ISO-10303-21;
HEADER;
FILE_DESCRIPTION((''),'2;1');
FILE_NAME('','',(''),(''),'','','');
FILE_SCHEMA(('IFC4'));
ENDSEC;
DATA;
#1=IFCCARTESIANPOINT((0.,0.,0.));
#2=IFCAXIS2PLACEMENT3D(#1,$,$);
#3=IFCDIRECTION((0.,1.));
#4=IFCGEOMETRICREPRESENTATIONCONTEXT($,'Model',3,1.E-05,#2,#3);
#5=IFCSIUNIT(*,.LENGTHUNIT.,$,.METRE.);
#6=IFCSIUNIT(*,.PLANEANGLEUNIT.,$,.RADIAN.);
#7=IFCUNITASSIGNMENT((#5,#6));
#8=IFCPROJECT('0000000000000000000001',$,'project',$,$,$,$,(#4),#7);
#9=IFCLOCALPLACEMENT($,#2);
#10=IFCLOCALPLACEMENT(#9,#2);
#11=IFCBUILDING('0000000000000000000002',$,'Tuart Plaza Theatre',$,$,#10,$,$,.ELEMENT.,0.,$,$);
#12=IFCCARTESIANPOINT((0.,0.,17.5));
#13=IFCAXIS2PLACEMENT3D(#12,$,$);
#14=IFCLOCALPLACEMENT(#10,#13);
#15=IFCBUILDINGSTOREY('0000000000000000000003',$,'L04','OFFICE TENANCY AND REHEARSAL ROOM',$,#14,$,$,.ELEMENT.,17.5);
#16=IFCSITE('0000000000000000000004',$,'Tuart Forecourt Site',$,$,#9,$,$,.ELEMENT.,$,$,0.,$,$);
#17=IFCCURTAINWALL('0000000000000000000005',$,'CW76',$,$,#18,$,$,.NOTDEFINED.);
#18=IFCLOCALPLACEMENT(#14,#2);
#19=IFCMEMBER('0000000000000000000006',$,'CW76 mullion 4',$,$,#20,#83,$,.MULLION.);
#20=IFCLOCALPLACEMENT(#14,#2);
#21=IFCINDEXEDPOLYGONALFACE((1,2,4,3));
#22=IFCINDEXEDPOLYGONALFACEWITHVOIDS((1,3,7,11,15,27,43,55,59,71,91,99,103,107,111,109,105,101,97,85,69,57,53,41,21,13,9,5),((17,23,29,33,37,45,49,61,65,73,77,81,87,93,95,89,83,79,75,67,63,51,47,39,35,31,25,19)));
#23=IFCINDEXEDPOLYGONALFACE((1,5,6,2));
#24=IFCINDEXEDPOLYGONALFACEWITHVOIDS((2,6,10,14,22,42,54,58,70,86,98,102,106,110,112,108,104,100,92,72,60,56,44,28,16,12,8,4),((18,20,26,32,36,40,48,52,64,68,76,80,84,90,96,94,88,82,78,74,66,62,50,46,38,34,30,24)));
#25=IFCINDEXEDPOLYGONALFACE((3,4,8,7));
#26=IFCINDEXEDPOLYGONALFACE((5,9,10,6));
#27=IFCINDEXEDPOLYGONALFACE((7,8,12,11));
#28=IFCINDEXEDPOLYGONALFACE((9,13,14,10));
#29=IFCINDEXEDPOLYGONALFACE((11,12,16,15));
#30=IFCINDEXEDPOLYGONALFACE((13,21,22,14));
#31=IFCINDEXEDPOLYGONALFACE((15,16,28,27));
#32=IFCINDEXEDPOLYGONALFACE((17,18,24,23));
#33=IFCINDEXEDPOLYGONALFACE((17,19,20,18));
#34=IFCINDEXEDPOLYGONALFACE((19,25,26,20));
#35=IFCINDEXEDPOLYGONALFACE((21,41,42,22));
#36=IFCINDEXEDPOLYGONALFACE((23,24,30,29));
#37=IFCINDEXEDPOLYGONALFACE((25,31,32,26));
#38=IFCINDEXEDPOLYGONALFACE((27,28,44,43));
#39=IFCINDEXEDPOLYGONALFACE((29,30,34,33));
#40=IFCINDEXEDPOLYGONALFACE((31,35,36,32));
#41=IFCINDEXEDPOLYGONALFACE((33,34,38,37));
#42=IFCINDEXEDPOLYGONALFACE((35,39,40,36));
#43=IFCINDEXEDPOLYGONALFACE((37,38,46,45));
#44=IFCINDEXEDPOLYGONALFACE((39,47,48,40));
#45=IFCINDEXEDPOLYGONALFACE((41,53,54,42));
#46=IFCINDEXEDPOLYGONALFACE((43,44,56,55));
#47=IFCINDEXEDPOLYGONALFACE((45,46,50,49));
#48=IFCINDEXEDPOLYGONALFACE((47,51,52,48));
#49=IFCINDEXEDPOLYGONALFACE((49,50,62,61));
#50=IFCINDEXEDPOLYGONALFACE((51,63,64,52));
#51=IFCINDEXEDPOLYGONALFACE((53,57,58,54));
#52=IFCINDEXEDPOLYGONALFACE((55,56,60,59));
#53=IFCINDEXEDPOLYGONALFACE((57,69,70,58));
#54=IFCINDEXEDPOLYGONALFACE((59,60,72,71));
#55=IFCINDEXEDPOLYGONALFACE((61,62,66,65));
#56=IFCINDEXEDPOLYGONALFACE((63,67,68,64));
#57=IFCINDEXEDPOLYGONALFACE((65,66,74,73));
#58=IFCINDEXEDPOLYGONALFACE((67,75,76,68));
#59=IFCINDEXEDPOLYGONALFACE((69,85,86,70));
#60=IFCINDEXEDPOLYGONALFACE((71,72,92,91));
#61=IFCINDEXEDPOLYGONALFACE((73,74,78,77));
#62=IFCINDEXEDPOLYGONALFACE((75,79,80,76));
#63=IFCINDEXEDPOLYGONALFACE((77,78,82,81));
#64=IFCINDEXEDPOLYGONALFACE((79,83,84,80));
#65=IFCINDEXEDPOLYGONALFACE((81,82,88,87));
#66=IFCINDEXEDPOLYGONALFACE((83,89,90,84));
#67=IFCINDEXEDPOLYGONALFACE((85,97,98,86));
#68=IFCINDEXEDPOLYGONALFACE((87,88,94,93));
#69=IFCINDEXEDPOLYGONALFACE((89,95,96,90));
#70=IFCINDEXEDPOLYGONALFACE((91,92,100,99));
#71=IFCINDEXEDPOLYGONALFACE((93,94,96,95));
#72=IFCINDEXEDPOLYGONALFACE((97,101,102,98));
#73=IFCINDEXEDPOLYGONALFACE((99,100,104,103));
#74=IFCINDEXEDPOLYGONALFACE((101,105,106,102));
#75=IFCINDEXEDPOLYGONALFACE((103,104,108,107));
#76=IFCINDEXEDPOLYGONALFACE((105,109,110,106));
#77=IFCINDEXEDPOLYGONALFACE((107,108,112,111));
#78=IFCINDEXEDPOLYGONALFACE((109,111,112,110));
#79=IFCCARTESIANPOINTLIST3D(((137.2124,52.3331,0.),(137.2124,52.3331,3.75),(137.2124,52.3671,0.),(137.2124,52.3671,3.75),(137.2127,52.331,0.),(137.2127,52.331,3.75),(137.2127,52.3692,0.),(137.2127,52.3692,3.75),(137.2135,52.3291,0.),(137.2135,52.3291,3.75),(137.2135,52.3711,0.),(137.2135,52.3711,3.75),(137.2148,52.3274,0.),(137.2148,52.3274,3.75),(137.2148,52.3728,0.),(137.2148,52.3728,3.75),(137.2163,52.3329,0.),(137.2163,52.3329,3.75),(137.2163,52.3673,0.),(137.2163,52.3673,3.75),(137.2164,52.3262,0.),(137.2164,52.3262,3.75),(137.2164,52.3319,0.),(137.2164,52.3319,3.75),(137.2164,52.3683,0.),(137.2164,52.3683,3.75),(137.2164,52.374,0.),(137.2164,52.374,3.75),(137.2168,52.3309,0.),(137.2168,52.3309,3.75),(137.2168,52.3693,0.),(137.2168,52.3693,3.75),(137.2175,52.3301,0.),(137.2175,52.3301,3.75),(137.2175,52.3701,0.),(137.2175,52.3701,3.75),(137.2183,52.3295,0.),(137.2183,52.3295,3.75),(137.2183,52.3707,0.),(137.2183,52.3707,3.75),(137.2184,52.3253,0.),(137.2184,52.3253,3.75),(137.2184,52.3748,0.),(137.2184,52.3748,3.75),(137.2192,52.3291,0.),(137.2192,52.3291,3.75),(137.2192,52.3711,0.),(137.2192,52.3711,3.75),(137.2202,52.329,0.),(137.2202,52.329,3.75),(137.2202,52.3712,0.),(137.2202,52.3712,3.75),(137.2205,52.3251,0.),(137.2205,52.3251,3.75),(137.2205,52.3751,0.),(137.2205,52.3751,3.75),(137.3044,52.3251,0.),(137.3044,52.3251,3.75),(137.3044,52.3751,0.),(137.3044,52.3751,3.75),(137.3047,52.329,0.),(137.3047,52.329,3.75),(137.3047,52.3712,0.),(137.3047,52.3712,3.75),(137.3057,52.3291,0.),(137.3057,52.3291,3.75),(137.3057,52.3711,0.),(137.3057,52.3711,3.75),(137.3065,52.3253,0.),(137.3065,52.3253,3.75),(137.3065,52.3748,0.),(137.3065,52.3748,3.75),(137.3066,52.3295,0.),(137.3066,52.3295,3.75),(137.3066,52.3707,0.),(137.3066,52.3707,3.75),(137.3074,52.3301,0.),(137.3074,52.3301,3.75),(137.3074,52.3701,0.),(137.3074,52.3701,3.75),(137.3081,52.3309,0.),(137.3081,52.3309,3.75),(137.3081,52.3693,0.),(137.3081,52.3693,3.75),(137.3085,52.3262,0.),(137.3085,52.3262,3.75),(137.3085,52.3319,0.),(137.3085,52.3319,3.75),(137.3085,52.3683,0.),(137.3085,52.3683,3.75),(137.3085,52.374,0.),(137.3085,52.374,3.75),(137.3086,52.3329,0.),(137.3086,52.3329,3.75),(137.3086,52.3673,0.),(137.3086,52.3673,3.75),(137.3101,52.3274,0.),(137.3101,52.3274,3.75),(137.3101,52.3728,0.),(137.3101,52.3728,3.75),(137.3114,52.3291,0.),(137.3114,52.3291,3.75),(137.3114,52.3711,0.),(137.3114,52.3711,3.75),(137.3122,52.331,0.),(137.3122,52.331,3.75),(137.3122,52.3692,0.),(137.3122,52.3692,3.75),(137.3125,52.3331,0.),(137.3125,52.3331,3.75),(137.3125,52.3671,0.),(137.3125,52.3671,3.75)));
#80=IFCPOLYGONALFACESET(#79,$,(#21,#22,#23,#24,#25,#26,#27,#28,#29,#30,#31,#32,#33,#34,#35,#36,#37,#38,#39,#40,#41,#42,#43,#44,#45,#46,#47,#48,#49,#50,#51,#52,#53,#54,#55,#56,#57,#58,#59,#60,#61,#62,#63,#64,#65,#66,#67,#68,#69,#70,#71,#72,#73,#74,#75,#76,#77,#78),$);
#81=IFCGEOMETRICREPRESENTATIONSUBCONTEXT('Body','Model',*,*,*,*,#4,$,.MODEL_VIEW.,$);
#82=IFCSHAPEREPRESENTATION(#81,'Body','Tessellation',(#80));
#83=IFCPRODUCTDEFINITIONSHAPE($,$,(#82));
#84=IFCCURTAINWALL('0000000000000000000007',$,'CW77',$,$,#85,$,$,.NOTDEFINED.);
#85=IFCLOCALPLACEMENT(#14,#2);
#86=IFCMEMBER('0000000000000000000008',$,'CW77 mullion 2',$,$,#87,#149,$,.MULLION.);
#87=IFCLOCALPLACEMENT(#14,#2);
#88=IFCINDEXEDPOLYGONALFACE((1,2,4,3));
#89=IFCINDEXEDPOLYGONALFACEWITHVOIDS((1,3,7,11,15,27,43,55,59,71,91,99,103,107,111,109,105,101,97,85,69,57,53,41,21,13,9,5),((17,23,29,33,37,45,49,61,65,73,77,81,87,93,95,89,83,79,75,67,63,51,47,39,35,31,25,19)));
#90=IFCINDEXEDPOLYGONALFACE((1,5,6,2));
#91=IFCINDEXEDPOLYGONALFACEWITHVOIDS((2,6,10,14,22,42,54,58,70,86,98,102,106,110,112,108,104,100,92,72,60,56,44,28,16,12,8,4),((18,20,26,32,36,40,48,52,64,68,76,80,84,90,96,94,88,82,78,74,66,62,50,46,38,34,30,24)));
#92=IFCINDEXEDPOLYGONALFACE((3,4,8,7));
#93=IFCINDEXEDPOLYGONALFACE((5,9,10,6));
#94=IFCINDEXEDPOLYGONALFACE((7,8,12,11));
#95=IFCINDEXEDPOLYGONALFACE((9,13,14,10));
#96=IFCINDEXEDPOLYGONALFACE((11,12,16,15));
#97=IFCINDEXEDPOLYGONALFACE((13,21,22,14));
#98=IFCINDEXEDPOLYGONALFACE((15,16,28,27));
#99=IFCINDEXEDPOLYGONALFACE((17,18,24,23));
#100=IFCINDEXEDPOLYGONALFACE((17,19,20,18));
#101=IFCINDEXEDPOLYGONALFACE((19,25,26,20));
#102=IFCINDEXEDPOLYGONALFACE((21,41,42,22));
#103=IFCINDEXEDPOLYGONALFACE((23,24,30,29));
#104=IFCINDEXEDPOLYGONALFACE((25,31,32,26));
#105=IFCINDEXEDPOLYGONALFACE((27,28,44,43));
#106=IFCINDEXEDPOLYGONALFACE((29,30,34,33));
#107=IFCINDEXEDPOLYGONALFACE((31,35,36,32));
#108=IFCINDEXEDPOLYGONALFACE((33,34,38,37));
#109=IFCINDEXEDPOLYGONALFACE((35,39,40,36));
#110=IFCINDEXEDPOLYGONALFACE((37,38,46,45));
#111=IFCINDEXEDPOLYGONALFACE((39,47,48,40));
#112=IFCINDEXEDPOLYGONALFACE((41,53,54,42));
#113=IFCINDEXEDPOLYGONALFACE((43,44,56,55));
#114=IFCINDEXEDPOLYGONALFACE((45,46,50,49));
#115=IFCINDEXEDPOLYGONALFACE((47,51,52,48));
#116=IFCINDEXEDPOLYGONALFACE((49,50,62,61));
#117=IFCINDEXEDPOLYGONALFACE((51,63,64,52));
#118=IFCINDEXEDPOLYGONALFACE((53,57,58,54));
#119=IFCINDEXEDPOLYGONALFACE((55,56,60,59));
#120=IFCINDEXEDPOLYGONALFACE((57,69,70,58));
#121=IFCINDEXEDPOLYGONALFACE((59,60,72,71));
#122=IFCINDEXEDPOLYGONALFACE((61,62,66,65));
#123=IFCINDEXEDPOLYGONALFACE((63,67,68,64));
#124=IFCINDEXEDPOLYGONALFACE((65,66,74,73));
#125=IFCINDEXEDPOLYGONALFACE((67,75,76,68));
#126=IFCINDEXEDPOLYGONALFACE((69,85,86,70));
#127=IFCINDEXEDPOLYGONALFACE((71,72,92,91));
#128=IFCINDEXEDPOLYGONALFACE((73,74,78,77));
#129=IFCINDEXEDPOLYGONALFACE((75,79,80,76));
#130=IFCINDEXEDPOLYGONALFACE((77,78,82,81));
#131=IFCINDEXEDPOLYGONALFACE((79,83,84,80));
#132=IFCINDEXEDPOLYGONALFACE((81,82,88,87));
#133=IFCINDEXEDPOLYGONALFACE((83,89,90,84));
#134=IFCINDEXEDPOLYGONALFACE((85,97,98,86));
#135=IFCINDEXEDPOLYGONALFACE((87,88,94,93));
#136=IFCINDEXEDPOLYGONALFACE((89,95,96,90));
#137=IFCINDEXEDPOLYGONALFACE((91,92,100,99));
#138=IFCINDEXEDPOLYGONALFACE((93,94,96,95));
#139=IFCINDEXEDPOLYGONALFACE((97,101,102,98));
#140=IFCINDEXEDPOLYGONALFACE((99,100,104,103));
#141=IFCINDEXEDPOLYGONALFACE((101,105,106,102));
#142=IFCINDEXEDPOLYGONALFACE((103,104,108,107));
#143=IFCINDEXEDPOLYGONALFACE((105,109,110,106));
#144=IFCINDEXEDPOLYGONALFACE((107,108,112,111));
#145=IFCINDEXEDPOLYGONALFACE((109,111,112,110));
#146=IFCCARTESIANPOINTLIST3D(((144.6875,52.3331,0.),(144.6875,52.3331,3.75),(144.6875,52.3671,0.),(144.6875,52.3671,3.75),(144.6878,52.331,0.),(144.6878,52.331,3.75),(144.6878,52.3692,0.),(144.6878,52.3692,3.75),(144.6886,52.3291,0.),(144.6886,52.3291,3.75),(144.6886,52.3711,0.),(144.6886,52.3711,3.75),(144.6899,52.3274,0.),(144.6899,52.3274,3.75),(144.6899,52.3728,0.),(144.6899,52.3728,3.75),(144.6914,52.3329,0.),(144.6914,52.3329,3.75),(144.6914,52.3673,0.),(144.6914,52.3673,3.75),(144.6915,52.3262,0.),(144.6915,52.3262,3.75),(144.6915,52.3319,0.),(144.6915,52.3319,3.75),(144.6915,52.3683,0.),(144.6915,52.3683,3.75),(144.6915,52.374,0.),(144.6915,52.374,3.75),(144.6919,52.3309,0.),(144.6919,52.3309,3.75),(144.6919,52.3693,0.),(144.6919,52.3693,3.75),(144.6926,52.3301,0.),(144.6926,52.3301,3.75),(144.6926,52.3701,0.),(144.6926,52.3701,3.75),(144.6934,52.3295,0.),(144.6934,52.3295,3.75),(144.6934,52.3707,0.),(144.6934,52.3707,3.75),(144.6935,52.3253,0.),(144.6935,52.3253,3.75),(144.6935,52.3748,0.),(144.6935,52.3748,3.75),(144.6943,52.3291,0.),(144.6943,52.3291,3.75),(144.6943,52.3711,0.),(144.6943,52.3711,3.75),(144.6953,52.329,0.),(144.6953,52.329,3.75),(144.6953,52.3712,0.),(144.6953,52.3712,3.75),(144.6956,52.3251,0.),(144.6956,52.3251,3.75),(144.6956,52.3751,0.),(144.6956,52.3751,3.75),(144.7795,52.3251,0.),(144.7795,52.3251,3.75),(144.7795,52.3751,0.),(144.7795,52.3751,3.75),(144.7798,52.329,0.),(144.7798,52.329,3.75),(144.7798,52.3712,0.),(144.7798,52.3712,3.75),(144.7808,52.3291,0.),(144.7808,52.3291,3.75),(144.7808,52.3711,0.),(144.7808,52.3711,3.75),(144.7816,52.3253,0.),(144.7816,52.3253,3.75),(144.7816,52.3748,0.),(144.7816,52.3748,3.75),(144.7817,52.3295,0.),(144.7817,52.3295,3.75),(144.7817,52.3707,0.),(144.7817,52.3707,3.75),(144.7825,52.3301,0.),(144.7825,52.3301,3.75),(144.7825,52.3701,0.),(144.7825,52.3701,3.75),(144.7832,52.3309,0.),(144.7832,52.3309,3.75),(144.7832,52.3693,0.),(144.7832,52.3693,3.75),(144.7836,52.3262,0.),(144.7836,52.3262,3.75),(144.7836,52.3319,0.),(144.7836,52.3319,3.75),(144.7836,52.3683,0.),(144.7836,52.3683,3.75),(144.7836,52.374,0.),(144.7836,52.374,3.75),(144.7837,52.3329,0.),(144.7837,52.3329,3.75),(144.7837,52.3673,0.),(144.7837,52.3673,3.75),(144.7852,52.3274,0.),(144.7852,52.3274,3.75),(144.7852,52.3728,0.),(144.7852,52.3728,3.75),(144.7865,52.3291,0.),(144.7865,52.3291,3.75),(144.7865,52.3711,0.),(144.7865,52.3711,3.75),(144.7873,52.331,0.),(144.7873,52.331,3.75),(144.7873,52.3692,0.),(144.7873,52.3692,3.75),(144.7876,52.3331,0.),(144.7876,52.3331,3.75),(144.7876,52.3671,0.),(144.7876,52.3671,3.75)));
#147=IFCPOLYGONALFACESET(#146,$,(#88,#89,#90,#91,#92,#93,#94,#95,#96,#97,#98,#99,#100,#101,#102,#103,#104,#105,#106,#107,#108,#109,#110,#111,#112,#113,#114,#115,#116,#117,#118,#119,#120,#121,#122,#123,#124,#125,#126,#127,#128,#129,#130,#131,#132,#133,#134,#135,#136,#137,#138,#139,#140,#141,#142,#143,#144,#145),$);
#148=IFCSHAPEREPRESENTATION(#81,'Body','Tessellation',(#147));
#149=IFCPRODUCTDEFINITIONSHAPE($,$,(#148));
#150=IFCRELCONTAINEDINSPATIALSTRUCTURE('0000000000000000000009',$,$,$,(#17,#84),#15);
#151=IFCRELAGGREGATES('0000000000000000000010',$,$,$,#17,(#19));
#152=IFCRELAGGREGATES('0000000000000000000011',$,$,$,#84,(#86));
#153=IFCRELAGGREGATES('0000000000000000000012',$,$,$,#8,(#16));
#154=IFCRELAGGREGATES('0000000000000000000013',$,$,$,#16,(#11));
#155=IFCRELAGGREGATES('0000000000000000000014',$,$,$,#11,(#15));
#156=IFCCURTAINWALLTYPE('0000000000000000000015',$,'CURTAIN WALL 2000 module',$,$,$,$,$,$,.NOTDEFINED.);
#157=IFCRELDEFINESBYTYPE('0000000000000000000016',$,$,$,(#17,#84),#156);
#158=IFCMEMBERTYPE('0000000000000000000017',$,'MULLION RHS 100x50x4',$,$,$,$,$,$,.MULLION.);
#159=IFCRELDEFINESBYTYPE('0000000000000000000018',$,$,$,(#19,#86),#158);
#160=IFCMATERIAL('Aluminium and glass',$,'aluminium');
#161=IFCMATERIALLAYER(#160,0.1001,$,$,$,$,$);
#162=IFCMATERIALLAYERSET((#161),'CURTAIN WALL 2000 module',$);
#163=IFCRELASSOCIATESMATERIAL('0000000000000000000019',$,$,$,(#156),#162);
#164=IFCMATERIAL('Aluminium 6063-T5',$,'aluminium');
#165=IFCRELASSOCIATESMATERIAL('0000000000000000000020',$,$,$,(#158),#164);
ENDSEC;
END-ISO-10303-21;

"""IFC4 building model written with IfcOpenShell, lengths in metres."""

from ifc_helpers import new_model, si_unit, direction, frame, origin, origin_2d, place, context, subcontext, project, spatial, hollow_rectangle, extrude, material, layer, layer_set, material_profile, profile_set, type_object, element, aggregate, save


model = new_model("IFC4")

# Units and contexts
model_context = context("Model", 3, precision=1e-05, world=origin(), true_north=direction((0.0, 1.0)))
body_context = subcontext(model_context, "Body", "Model", "MODEL_VIEW")
ifc_project = project(units=[si_unit("LENGTHUNIT", "METRE"), si_unit("PLANEANGLEUNIT", "RADIAN")], contexts=[model_context])

# Site, building, storey
site_placement = place(None, origin())
site = spatial("IfcSite", under=ifc_project, at=site_placement, Name="Tuart Forecourt Site", CompositionType="ELEMENT", RefElevation=0.0)
building_placement = place(site_placement, origin())
building = spatial("IfcBuilding", under=site, at=building_placement, Name="Tuart Plaza Theatre", CompositionType="ELEMENT", ElevationOfRefHeight=0.0)
storey_placement = place(building_placement, frame((0.0, 0.0, 17.5)))
storey = spatial("IfcBuildingStorey", under=building, at=storey_placement, Name="L04", Description="OFFICE TENANCY AND REHEARSAL ROOM", CompositionType="ELEMENT", Elevation=17.5)

# Curtain walls, members
ifc_material_1 = material(Name="Aluminium and glass", Category="aluminium")
ifc_layer_1 = layer(ifc_material_1, 0.1001)
ifc_layer_set_1 = layer_set([ifc_layer_1], Name="CURTAIN WALL 2000 module")
curtain_wall_type = type_object("IfcCurtainWallType", Name="CURTAIN WALL 2000 module", PredefinedType="NOTDEFINED", material=ifc_layer_set_1)
curtain_wall_1_placement = place(storey_placement, origin())
curtain_wall_1 = element("IfcCurtainWall", 1, at=curtain_wall_1_placement, inside=storey, type_object=curtain_wall_type, Name="CW76", PredefinedType="NOTDEFINED")
ifc_material_2 = material(Name="Aluminium 6063-T5", Category="aluminium")
ifc_material_profile_1 = material_profile(ifc_material_2, hollow_rectangle(XDim=0.05, YDim=0.1001, WallThickness=0.0039, InnerFilletRadius=0.0039, OuterFilletRadius=0.0081, at=origin_2d()), Name="RHS 100x50x4")
ifc_profile_set_1 = profile_set([ifc_material_profile_1], Name="Aluminium 6063-T5")
member_type_1 = type_object("IfcMemberType", Name="MULLION RHS 100x50x4", PredefinedType="MULLION", material=ifc_profile_set_1)
member_1_placement = place(storey_placement, frame((137.2625, 52.3501, 0.0), z_axis=(0.0, 0.0, 1.0), x_axis=(0.0, 1.0, 0.0)))
member_1 = element("IfcMember", 2, at=member_1_placement, type_object=member_type_1, Name="CW76 mullion 4", PredefinedType="MULLION", context=body_context, shape_type="SweptSolid", body=[
    extrude(hollow_rectangle(XDim=0.05, YDim=0.1001, WallThickness=0.0039, InnerFilletRadius=0.0039, OuterFilletRadius=0.0081, at=origin_2d()), origin(), (0.0, 0.0, 1.0), 3.75),
])
curtain_wall_2_placement = place(storey_placement, origin())
curtain_wall_2 = element("IfcCurtainWall", 3, at=curtain_wall_2_placement, inside=storey, type_object=curtain_wall_type, Name="CW77", PredefinedType="NOTDEFINED")
member_2_placement = place(storey_placement, frame((144.7375, 52.3501, 0.0), z_axis=(0.0, 0.0, 1.0), x_axis=(0.0, 1.0, 0.0)))
member_2 = element("IfcMember", 4, at=member_2_placement, type_object=member_type_1, Name="CW77 mullion 2", PredefinedType="MULLION", context=body_context, shape_type="SweptSolid", body=[
    extrude(hollow_rectangle(XDim=0.05, YDim=0.1001, WallThickness=0.0039, InnerFilletRadius=0.0039, OuterFilletRadius=0.0081, at=origin_2d()), origin(), (0.0, 0.0, 1.0), 3.75),
])

aggregate(curtain_wall_1, [member_1])
aggregate(curtain_wall_2, [member_2])

save(model, "model.ifc")
